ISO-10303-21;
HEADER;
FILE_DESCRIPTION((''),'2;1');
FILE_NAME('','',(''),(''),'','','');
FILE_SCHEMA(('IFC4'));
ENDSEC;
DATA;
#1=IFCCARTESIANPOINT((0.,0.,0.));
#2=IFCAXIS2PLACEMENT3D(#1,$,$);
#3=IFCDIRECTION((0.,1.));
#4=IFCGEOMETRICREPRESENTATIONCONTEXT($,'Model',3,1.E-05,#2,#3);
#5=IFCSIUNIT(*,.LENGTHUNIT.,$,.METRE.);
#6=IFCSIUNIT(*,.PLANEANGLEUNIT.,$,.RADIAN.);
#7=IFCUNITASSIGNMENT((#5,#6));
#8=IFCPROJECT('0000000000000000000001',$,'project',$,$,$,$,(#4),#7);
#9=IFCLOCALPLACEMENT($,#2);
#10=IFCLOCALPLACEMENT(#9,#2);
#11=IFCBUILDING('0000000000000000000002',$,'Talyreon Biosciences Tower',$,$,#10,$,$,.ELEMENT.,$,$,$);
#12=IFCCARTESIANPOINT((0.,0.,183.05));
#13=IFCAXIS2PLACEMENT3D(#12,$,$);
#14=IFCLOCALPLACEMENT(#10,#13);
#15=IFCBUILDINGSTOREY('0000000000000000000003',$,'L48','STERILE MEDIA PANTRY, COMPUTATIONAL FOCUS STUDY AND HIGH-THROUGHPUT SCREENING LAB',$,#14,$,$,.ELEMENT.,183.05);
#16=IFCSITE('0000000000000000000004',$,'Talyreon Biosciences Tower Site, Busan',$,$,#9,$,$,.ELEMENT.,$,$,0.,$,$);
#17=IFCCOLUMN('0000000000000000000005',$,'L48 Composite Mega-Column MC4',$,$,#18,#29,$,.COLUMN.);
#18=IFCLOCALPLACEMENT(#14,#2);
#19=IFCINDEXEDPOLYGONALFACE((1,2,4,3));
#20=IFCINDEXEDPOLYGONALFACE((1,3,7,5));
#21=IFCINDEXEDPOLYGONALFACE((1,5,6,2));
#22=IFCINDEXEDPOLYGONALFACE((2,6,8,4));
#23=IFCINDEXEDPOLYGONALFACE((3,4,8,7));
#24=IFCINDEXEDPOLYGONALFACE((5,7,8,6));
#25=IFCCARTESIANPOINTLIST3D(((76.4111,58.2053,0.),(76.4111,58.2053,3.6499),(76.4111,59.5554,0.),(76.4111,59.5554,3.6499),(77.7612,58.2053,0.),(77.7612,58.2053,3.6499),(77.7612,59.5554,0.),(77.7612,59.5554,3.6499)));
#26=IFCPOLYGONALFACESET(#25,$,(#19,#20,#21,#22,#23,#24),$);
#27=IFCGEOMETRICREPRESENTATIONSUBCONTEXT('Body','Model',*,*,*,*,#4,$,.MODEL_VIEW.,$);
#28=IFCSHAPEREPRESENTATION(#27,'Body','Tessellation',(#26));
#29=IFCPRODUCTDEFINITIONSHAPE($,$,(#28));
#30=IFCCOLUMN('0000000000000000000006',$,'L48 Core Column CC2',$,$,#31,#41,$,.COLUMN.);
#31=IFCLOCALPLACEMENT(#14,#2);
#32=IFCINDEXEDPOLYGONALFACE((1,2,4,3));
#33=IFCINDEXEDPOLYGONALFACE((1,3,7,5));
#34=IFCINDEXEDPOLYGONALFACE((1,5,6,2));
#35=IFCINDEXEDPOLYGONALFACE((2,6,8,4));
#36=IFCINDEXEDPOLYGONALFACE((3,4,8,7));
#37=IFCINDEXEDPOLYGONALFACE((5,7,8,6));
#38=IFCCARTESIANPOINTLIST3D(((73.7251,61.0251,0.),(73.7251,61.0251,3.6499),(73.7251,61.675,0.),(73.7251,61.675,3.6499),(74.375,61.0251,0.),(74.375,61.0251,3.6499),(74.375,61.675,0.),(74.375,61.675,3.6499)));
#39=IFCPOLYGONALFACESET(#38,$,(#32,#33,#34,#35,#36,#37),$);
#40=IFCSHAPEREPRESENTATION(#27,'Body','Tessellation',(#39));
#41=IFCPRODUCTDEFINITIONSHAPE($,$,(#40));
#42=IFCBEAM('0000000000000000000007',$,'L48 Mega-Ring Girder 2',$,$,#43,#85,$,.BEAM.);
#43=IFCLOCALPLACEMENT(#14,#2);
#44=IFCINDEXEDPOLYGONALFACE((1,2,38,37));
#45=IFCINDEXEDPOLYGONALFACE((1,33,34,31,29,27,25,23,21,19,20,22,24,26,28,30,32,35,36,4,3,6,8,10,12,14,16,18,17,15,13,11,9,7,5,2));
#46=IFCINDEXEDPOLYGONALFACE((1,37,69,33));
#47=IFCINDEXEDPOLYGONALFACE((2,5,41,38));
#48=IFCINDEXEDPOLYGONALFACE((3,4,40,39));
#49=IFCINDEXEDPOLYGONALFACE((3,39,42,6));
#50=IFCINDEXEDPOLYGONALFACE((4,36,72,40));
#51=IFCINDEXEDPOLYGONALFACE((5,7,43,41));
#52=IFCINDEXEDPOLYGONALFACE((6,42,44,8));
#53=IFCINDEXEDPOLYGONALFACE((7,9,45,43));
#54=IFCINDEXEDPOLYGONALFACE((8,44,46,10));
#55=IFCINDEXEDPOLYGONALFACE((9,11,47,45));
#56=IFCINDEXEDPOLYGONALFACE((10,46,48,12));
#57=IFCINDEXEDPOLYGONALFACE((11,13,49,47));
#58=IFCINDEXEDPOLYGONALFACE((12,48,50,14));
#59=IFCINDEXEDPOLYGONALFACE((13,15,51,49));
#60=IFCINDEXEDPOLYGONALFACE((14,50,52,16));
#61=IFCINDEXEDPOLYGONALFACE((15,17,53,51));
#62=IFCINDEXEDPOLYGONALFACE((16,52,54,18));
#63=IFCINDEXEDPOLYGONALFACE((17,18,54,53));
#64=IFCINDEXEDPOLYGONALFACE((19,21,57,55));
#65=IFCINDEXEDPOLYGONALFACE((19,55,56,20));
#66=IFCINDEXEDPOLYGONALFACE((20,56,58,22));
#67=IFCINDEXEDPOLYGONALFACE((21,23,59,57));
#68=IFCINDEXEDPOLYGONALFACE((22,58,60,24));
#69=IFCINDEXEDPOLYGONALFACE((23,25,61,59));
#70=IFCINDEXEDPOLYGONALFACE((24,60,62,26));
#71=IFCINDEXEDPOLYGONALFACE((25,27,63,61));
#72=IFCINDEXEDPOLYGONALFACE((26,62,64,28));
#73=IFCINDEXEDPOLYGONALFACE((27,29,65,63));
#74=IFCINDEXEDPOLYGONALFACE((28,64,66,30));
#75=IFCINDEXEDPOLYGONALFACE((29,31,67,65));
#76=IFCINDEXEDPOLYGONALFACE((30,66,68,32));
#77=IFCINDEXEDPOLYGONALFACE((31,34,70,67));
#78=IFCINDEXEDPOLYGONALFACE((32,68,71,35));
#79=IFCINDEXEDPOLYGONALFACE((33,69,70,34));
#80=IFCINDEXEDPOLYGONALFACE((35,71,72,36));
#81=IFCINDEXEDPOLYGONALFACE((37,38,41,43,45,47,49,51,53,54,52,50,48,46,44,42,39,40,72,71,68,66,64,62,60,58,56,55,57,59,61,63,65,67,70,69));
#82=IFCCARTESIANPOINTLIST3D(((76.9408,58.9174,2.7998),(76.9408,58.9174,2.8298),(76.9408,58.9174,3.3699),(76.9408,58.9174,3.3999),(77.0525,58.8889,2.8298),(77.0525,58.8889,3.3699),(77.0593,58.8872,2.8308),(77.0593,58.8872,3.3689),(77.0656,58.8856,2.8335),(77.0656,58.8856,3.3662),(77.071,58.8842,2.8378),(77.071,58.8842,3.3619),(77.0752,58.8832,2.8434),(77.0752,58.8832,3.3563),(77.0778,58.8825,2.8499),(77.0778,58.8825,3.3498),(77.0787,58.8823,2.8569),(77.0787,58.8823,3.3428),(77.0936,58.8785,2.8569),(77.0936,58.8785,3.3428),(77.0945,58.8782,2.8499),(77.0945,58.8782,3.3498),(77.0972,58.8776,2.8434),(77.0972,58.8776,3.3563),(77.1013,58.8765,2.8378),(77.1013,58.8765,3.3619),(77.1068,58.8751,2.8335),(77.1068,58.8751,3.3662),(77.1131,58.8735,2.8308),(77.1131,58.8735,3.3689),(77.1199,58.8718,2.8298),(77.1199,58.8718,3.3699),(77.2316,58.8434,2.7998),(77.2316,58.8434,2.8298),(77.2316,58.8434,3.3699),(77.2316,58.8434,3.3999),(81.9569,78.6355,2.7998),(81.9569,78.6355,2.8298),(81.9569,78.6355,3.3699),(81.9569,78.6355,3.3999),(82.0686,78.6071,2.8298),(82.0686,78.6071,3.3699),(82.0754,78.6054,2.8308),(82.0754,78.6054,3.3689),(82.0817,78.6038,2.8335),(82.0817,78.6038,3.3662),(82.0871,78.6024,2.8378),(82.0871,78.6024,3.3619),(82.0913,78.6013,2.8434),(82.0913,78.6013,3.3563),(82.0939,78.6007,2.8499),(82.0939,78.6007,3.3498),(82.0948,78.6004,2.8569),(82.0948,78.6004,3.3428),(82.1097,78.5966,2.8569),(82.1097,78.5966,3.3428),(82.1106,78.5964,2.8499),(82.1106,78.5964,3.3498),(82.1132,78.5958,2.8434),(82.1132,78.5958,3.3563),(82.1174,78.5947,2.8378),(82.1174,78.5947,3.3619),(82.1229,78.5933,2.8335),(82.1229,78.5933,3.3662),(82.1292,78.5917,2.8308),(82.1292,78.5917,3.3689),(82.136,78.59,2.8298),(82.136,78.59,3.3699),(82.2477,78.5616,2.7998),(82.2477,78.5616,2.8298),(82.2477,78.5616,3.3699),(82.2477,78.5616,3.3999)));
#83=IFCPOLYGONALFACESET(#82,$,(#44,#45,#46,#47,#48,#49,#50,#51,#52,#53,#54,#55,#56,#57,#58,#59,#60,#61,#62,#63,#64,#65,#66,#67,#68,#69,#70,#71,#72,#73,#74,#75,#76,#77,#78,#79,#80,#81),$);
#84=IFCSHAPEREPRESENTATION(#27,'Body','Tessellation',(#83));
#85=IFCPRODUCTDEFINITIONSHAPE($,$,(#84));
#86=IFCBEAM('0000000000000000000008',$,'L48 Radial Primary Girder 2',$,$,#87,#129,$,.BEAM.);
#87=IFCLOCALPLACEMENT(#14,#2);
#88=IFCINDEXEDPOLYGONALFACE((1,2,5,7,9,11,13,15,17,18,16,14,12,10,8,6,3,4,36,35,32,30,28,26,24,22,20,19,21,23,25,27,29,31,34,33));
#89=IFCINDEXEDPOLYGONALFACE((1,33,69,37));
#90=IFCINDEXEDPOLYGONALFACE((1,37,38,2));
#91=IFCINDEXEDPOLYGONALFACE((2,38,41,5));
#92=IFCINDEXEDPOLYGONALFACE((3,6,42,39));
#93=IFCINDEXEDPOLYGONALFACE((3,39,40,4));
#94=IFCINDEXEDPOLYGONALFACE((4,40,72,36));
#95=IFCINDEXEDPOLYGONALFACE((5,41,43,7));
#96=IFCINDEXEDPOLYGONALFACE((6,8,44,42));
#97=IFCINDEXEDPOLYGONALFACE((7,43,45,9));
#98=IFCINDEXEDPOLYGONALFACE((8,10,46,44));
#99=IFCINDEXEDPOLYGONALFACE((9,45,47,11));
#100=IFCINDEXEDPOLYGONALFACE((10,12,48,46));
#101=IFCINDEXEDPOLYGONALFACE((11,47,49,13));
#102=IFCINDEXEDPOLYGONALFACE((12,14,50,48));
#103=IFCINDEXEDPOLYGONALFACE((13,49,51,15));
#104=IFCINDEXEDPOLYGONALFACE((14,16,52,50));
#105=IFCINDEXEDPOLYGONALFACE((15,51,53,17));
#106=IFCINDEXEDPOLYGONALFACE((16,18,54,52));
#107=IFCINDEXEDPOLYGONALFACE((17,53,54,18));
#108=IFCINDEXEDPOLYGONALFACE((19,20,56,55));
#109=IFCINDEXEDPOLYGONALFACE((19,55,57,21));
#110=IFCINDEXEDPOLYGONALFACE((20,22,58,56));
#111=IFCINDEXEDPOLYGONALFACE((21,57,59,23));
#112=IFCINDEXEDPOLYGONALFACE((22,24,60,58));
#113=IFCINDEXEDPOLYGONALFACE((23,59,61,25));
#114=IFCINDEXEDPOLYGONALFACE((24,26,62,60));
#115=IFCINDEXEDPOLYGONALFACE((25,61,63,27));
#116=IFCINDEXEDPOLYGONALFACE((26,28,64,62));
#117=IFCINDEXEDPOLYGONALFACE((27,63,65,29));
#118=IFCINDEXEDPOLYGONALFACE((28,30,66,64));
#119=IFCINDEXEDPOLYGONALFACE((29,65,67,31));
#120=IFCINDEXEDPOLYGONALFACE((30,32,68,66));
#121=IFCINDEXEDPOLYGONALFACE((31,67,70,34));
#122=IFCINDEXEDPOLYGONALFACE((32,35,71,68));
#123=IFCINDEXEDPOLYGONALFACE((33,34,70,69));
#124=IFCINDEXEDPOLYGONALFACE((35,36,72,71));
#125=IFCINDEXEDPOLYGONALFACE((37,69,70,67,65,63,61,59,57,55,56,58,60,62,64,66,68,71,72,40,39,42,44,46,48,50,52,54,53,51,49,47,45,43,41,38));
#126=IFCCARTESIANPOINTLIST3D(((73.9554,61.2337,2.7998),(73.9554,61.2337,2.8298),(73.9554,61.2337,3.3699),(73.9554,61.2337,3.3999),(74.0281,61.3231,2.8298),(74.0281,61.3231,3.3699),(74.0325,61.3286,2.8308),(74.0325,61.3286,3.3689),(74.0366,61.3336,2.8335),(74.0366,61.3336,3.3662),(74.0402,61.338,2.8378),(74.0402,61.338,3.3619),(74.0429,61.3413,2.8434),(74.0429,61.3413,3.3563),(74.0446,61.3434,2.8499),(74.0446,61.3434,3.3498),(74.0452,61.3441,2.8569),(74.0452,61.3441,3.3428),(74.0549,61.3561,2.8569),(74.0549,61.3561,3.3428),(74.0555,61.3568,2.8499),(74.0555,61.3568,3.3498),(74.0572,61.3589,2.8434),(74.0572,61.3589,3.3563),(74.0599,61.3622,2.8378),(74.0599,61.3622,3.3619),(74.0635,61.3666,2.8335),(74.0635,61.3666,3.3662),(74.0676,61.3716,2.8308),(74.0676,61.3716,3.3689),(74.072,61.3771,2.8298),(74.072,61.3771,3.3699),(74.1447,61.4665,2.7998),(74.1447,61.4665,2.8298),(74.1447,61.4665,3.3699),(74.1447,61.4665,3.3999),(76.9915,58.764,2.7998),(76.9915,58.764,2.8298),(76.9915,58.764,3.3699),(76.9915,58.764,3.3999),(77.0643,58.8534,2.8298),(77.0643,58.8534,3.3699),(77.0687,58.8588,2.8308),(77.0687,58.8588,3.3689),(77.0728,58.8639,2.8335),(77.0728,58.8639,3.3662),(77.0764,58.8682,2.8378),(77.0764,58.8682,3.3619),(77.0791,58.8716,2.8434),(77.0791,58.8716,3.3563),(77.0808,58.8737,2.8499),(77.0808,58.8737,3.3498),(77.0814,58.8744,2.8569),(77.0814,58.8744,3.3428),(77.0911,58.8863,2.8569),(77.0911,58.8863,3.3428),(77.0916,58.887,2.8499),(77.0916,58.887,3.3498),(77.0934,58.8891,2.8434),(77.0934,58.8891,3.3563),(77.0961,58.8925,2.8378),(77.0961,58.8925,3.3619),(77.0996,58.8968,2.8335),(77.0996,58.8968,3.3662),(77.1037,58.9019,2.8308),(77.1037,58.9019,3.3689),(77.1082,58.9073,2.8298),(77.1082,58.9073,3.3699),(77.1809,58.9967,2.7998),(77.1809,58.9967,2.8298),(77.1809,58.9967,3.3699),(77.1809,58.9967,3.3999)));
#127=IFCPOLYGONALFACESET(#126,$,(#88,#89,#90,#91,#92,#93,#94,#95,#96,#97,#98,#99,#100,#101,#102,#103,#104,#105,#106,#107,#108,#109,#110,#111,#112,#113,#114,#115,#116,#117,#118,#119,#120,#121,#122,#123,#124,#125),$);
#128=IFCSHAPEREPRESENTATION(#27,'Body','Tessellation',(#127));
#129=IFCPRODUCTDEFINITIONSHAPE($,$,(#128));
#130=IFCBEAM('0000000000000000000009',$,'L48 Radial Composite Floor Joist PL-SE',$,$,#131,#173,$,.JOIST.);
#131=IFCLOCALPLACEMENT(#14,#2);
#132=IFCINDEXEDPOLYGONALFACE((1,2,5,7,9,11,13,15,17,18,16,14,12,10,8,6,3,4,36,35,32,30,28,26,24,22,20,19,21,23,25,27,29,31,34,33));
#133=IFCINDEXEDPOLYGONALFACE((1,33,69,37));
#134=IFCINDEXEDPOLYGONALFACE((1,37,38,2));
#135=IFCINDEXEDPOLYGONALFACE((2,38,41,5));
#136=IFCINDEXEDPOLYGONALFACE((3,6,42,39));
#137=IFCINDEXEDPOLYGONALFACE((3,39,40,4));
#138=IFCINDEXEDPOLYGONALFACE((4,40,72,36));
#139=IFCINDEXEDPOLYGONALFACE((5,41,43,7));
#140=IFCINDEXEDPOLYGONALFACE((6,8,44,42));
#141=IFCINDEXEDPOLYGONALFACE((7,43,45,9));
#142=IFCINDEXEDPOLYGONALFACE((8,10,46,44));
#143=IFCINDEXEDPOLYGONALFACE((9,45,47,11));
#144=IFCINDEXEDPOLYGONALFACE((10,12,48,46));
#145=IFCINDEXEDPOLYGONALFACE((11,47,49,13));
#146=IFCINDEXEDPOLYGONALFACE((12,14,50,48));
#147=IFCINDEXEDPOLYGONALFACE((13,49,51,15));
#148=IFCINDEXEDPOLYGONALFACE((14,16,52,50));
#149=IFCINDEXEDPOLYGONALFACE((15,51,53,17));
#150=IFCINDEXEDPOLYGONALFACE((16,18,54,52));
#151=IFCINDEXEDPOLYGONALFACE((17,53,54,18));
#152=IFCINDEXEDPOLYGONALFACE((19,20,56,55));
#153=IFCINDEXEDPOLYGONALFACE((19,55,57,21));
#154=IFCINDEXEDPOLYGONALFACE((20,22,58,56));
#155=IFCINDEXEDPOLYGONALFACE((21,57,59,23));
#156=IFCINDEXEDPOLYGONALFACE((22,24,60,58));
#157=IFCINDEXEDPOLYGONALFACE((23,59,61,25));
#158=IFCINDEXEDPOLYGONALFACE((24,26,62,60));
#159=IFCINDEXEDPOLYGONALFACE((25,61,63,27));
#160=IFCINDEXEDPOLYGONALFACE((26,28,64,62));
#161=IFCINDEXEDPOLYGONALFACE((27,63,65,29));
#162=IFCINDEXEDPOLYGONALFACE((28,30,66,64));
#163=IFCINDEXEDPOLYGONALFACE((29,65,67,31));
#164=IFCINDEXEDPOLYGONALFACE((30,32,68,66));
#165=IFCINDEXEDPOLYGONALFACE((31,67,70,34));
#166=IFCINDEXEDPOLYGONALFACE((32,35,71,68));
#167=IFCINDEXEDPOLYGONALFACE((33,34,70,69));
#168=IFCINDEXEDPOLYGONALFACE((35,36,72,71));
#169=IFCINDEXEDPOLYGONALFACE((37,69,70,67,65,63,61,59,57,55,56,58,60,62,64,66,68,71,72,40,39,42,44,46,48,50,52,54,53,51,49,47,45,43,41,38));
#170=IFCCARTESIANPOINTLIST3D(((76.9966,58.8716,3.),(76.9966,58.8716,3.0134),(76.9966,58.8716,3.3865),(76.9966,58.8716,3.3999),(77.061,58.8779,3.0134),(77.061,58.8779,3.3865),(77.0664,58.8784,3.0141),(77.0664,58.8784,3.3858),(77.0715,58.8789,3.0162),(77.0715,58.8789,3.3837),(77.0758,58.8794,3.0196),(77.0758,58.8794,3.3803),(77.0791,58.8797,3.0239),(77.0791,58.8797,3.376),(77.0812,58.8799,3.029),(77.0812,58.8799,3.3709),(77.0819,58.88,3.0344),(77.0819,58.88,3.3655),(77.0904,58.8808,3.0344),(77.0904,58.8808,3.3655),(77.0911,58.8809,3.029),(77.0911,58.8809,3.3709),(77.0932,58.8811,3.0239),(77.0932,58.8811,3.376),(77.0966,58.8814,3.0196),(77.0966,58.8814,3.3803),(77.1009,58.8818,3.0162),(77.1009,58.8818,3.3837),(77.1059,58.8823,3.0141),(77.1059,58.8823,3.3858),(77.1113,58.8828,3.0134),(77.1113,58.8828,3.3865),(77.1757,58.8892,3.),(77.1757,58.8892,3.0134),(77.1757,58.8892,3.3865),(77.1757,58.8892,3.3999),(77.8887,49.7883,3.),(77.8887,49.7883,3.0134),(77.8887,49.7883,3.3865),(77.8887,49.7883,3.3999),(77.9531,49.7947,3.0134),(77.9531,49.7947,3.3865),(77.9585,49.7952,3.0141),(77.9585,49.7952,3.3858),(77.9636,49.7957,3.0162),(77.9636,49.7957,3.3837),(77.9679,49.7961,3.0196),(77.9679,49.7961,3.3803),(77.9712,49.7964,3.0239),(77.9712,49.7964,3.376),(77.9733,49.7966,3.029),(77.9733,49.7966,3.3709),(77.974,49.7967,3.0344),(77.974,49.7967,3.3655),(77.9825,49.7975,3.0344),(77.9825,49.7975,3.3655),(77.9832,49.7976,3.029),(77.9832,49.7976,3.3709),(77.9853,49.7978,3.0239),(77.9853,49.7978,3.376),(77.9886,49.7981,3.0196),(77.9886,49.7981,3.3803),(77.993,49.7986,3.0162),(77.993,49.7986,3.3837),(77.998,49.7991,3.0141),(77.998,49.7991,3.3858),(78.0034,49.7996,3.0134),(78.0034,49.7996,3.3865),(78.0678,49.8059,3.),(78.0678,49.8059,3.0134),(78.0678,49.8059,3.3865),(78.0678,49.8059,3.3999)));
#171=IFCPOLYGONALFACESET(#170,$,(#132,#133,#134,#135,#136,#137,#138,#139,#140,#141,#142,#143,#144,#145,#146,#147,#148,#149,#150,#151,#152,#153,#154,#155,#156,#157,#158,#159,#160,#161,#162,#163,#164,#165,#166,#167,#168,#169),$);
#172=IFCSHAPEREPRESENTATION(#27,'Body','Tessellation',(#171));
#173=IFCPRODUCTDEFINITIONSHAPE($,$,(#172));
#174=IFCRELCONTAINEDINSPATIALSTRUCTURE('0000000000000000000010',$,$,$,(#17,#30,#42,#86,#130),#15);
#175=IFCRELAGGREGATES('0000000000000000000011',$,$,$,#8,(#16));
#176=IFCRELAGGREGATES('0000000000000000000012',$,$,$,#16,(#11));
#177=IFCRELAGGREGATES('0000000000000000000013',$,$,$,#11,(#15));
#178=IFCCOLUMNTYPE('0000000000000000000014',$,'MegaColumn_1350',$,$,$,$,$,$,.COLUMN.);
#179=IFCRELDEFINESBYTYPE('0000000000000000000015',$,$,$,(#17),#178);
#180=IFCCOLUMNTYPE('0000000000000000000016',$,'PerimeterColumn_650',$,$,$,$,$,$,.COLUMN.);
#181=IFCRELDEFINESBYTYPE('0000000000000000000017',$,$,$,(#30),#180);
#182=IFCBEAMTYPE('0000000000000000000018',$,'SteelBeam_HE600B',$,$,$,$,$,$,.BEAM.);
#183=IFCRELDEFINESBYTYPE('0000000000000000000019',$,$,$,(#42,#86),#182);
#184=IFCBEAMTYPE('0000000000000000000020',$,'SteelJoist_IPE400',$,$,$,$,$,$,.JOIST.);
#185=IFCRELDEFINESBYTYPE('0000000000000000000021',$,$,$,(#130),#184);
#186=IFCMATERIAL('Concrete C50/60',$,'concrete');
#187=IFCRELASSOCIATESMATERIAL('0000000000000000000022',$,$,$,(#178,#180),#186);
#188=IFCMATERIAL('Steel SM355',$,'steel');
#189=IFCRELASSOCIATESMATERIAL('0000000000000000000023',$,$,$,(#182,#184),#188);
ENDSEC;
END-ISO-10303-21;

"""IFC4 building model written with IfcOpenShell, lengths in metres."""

from ifc_helpers import new_model, si_unit, direction, frame, origin, origin_2d, place, context, subcontext, project, spatial, rectangle, i_section, extrude, material, material_profile, profile_set, type_object, element, save


model = new_model("IFC4")

# Units and contexts
model_context = context("Model", 3, precision=1e-05, world=origin(), true_north=direction((0.0, 1.0)))
body_context = subcontext(model_context, "Body", "Model", "MODEL_VIEW")
ifc_project = project(units=[si_unit("LENGTHUNIT", "METRE"), si_unit("PLANEANGLEUNIT", "RADIAN")], contexts=[model_context])

# Site, building, storey
site_placement = place(None, origin())
site = spatial("IfcSite", under=ifc_project, at=site_placement, Name="Talyreon Biosciences Tower Site, Busan", CompositionType="ELEMENT", RefElevation=0.0)
building_placement = place(site_placement, origin())
building = spatial("IfcBuilding", under=site, at=building_placement, Name="Talyreon Biosciences Tower", CompositionType="ELEMENT")
storey_placement = place(building_placement, frame((0.0, 0.0, 183.05)))
storey = spatial("IfcBuildingStorey", under=building, at=storey_placement, Name="L48", Description="STERILE MEDIA PANTRY, COMPUTATIONAL FOCUS STUDY AND HIGH-THROUGHPUT SCREENING LAB", CompositionType="ELEMENT", Elevation=183.05)

# Columns
ifc_material_1 = material(Name="Concrete C50/60", Category="concrete")
ifc_material_profile_1 = material_profile(ifc_material_1, rectangle(XDim=1.3501, YDim=1.3501, at=origin_2d()), Name="RC 1350x1350")
ifc_profile_set_1 = profile_set([ifc_material_profile_1], Name="Concrete C50/60")
column_type_1 = type_object("IfcColumnType", Name="MegaColumn_1350", PredefinedType="COLUMN", material=ifc_profile_set_1)
column_1_placement = place(storey_placement, frame((77.0862, 58.8804, 0.0), z_axis=(0.0, 0.0, 1.0), x_axis=(1.0, 0.0, 0.0)))
element("IfcColumn", 1, at=column_1_placement, inside=storey, type_object=column_type_1, Name="L48 Composite Mega-Column MC4", PredefinedType="COLUMN", context=body_context, shape_type="SweptSolid", body=[
    extrude(rectangle(XDim=1.3501, YDim=1.3501, at=origin_2d()), origin(), (0.0, 0.0, 1.0), 3.6499),
])
ifc_material_profile_2 = material_profile(ifc_material_1, rectangle(XDim=0.6499, YDim=0.6499, at=origin_2d()), Name="RC 650x650")
ifc_profile_set_2 = profile_set([ifc_material_profile_2], Name="Concrete C50/60")
column_type_2 = type_object("IfcColumnType", Name="PerimeterColumn_650", PredefinedType="COLUMN", material=ifc_profile_set_2)
column_2_placement = place(storey_placement, frame((74.05, 61.3501, 0.0), z_axis=(0.0, 0.0, 1.0), x_axis=(1.0, 0.0, 0.0)))
element("IfcColumn", 2, at=column_2_placement, inside=storey, type_object=column_type_2, Name="L48 Core Column CC2", PredefinedType="COLUMN", context=body_context, shape_type="SweptSolid", body=[
    extrude(rectangle(XDim=0.6499, YDim=0.6499, at=origin_2d()), origin(), (0.0, 0.0, 1.0), 3.6499),
])

# Beams
ifc_material_2 = material(Name="Steel SM355", Category="steel")
ifc_material_profile_3 = material_profile(ifc_material_2, i_section(OverallWidth=0.3, OverallDepth=0.6001, WebThickness=0.0154, FlangeThickness=0.03, FilletRadius=0.0271, at=origin_2d()), Name="HE600B")
ifc_profile_set_3 = profile_set([ifc_material_profile_3], Name="Steel SM355")
beam_type_1 = type_object("IfcBeamType", Name="SteelBeam_HE600B", PredefinedType="BEAM", material=ifc_profile_set_3)
beam_1_placement = place(storey_placement, frame((77.0862, 58.8804, 3.0999), z_axis=(0.246537, 0.969133, 0.0), x_axis=(-0.969133, 0.246537, 0.0)))
element("IfcBeam", 3, at=beam_1_placement, inside=storey, type_object=beam_type_1, Name="L48 Mega-Ring Girder 2", PredefinedType="BEAM", context=body_context, shape_type="SweptSolid", body=[
    extrude(i_section(OverallWidth=0.3, OverallDepth=0.6001, WebThickness=0.0154, FlangeThickness=0.03, FilletRadius=0.0271, at=origin_2d()), origin(), (0.0, 0.0, 1.0), 20.3462),
])
beam_2_placement = place(storey_placement, frame((74.05, 61.3501, 3.0999), z_axis=(0.775755, -0.631034, 0.0), x_axis=(0.631034, 0.775755, 0.0)))
element("IfcBeam", 4, at=beam_2_placement, inside=storey, type_object=beam_type_1, Name="L48 Radial Primary Girder 2", PredefinedType="BEAM", context=body_context, shape_type="SweptSolid", body=[
    extrude(i_section(OverallWidth=0.3, OverallDepth=0.6001, WebThickness=0.0154, FlangeThickness=0.03, FilletRadius=0.0271, at=origin_2d()), origin(), (0.0, 0.0, 1.0), 3.9138),
])
ifc_material_profile_4 = material_profile(ifc_material_2, i_section(OverallWidth=0.1799, OverallDepth=0.3999, WebThickness=0.0085, FlangeThickness=0.0134, FilletRadius=0.021, at=origin_2d()), Name="IPE400")
ifc_profile_set_4 = profile_set([ifc_material_profile_4], Name="Steel SM355")
beam_type_2 = type_object("IfcBeamType", Name="SteelJoist_IPE400", PredefinedType="JOIST", material=ifc_profile_set_4)
beam_3_placement = place(storey_placement, frame((77.0862, 58.8804, 3.2), z_axis=(0.097742, -0.995212, 0.0), x_axis=(0.995212, 0.097742, 0.0)))
element("IfcBeam", 5, at=beam_3_placement, inside=storey, type_object=beam_type_2, Name="L48 Radial Composite Floor Joist PL-SE", PredefinedType="JOIST", context=body_context, shape_type="SweptSolid", body=[
    extrude(i_section(OverallWidth=0.1799, OverallDepth=0.3999, WebThickness=0.0085, FlangeThickness=0.0134, FilletRadius=0.021, at=origin_2d()), origin(), (0.0, 0.0, 1.0), 9.127),
])

save(model, "model.ifc")
